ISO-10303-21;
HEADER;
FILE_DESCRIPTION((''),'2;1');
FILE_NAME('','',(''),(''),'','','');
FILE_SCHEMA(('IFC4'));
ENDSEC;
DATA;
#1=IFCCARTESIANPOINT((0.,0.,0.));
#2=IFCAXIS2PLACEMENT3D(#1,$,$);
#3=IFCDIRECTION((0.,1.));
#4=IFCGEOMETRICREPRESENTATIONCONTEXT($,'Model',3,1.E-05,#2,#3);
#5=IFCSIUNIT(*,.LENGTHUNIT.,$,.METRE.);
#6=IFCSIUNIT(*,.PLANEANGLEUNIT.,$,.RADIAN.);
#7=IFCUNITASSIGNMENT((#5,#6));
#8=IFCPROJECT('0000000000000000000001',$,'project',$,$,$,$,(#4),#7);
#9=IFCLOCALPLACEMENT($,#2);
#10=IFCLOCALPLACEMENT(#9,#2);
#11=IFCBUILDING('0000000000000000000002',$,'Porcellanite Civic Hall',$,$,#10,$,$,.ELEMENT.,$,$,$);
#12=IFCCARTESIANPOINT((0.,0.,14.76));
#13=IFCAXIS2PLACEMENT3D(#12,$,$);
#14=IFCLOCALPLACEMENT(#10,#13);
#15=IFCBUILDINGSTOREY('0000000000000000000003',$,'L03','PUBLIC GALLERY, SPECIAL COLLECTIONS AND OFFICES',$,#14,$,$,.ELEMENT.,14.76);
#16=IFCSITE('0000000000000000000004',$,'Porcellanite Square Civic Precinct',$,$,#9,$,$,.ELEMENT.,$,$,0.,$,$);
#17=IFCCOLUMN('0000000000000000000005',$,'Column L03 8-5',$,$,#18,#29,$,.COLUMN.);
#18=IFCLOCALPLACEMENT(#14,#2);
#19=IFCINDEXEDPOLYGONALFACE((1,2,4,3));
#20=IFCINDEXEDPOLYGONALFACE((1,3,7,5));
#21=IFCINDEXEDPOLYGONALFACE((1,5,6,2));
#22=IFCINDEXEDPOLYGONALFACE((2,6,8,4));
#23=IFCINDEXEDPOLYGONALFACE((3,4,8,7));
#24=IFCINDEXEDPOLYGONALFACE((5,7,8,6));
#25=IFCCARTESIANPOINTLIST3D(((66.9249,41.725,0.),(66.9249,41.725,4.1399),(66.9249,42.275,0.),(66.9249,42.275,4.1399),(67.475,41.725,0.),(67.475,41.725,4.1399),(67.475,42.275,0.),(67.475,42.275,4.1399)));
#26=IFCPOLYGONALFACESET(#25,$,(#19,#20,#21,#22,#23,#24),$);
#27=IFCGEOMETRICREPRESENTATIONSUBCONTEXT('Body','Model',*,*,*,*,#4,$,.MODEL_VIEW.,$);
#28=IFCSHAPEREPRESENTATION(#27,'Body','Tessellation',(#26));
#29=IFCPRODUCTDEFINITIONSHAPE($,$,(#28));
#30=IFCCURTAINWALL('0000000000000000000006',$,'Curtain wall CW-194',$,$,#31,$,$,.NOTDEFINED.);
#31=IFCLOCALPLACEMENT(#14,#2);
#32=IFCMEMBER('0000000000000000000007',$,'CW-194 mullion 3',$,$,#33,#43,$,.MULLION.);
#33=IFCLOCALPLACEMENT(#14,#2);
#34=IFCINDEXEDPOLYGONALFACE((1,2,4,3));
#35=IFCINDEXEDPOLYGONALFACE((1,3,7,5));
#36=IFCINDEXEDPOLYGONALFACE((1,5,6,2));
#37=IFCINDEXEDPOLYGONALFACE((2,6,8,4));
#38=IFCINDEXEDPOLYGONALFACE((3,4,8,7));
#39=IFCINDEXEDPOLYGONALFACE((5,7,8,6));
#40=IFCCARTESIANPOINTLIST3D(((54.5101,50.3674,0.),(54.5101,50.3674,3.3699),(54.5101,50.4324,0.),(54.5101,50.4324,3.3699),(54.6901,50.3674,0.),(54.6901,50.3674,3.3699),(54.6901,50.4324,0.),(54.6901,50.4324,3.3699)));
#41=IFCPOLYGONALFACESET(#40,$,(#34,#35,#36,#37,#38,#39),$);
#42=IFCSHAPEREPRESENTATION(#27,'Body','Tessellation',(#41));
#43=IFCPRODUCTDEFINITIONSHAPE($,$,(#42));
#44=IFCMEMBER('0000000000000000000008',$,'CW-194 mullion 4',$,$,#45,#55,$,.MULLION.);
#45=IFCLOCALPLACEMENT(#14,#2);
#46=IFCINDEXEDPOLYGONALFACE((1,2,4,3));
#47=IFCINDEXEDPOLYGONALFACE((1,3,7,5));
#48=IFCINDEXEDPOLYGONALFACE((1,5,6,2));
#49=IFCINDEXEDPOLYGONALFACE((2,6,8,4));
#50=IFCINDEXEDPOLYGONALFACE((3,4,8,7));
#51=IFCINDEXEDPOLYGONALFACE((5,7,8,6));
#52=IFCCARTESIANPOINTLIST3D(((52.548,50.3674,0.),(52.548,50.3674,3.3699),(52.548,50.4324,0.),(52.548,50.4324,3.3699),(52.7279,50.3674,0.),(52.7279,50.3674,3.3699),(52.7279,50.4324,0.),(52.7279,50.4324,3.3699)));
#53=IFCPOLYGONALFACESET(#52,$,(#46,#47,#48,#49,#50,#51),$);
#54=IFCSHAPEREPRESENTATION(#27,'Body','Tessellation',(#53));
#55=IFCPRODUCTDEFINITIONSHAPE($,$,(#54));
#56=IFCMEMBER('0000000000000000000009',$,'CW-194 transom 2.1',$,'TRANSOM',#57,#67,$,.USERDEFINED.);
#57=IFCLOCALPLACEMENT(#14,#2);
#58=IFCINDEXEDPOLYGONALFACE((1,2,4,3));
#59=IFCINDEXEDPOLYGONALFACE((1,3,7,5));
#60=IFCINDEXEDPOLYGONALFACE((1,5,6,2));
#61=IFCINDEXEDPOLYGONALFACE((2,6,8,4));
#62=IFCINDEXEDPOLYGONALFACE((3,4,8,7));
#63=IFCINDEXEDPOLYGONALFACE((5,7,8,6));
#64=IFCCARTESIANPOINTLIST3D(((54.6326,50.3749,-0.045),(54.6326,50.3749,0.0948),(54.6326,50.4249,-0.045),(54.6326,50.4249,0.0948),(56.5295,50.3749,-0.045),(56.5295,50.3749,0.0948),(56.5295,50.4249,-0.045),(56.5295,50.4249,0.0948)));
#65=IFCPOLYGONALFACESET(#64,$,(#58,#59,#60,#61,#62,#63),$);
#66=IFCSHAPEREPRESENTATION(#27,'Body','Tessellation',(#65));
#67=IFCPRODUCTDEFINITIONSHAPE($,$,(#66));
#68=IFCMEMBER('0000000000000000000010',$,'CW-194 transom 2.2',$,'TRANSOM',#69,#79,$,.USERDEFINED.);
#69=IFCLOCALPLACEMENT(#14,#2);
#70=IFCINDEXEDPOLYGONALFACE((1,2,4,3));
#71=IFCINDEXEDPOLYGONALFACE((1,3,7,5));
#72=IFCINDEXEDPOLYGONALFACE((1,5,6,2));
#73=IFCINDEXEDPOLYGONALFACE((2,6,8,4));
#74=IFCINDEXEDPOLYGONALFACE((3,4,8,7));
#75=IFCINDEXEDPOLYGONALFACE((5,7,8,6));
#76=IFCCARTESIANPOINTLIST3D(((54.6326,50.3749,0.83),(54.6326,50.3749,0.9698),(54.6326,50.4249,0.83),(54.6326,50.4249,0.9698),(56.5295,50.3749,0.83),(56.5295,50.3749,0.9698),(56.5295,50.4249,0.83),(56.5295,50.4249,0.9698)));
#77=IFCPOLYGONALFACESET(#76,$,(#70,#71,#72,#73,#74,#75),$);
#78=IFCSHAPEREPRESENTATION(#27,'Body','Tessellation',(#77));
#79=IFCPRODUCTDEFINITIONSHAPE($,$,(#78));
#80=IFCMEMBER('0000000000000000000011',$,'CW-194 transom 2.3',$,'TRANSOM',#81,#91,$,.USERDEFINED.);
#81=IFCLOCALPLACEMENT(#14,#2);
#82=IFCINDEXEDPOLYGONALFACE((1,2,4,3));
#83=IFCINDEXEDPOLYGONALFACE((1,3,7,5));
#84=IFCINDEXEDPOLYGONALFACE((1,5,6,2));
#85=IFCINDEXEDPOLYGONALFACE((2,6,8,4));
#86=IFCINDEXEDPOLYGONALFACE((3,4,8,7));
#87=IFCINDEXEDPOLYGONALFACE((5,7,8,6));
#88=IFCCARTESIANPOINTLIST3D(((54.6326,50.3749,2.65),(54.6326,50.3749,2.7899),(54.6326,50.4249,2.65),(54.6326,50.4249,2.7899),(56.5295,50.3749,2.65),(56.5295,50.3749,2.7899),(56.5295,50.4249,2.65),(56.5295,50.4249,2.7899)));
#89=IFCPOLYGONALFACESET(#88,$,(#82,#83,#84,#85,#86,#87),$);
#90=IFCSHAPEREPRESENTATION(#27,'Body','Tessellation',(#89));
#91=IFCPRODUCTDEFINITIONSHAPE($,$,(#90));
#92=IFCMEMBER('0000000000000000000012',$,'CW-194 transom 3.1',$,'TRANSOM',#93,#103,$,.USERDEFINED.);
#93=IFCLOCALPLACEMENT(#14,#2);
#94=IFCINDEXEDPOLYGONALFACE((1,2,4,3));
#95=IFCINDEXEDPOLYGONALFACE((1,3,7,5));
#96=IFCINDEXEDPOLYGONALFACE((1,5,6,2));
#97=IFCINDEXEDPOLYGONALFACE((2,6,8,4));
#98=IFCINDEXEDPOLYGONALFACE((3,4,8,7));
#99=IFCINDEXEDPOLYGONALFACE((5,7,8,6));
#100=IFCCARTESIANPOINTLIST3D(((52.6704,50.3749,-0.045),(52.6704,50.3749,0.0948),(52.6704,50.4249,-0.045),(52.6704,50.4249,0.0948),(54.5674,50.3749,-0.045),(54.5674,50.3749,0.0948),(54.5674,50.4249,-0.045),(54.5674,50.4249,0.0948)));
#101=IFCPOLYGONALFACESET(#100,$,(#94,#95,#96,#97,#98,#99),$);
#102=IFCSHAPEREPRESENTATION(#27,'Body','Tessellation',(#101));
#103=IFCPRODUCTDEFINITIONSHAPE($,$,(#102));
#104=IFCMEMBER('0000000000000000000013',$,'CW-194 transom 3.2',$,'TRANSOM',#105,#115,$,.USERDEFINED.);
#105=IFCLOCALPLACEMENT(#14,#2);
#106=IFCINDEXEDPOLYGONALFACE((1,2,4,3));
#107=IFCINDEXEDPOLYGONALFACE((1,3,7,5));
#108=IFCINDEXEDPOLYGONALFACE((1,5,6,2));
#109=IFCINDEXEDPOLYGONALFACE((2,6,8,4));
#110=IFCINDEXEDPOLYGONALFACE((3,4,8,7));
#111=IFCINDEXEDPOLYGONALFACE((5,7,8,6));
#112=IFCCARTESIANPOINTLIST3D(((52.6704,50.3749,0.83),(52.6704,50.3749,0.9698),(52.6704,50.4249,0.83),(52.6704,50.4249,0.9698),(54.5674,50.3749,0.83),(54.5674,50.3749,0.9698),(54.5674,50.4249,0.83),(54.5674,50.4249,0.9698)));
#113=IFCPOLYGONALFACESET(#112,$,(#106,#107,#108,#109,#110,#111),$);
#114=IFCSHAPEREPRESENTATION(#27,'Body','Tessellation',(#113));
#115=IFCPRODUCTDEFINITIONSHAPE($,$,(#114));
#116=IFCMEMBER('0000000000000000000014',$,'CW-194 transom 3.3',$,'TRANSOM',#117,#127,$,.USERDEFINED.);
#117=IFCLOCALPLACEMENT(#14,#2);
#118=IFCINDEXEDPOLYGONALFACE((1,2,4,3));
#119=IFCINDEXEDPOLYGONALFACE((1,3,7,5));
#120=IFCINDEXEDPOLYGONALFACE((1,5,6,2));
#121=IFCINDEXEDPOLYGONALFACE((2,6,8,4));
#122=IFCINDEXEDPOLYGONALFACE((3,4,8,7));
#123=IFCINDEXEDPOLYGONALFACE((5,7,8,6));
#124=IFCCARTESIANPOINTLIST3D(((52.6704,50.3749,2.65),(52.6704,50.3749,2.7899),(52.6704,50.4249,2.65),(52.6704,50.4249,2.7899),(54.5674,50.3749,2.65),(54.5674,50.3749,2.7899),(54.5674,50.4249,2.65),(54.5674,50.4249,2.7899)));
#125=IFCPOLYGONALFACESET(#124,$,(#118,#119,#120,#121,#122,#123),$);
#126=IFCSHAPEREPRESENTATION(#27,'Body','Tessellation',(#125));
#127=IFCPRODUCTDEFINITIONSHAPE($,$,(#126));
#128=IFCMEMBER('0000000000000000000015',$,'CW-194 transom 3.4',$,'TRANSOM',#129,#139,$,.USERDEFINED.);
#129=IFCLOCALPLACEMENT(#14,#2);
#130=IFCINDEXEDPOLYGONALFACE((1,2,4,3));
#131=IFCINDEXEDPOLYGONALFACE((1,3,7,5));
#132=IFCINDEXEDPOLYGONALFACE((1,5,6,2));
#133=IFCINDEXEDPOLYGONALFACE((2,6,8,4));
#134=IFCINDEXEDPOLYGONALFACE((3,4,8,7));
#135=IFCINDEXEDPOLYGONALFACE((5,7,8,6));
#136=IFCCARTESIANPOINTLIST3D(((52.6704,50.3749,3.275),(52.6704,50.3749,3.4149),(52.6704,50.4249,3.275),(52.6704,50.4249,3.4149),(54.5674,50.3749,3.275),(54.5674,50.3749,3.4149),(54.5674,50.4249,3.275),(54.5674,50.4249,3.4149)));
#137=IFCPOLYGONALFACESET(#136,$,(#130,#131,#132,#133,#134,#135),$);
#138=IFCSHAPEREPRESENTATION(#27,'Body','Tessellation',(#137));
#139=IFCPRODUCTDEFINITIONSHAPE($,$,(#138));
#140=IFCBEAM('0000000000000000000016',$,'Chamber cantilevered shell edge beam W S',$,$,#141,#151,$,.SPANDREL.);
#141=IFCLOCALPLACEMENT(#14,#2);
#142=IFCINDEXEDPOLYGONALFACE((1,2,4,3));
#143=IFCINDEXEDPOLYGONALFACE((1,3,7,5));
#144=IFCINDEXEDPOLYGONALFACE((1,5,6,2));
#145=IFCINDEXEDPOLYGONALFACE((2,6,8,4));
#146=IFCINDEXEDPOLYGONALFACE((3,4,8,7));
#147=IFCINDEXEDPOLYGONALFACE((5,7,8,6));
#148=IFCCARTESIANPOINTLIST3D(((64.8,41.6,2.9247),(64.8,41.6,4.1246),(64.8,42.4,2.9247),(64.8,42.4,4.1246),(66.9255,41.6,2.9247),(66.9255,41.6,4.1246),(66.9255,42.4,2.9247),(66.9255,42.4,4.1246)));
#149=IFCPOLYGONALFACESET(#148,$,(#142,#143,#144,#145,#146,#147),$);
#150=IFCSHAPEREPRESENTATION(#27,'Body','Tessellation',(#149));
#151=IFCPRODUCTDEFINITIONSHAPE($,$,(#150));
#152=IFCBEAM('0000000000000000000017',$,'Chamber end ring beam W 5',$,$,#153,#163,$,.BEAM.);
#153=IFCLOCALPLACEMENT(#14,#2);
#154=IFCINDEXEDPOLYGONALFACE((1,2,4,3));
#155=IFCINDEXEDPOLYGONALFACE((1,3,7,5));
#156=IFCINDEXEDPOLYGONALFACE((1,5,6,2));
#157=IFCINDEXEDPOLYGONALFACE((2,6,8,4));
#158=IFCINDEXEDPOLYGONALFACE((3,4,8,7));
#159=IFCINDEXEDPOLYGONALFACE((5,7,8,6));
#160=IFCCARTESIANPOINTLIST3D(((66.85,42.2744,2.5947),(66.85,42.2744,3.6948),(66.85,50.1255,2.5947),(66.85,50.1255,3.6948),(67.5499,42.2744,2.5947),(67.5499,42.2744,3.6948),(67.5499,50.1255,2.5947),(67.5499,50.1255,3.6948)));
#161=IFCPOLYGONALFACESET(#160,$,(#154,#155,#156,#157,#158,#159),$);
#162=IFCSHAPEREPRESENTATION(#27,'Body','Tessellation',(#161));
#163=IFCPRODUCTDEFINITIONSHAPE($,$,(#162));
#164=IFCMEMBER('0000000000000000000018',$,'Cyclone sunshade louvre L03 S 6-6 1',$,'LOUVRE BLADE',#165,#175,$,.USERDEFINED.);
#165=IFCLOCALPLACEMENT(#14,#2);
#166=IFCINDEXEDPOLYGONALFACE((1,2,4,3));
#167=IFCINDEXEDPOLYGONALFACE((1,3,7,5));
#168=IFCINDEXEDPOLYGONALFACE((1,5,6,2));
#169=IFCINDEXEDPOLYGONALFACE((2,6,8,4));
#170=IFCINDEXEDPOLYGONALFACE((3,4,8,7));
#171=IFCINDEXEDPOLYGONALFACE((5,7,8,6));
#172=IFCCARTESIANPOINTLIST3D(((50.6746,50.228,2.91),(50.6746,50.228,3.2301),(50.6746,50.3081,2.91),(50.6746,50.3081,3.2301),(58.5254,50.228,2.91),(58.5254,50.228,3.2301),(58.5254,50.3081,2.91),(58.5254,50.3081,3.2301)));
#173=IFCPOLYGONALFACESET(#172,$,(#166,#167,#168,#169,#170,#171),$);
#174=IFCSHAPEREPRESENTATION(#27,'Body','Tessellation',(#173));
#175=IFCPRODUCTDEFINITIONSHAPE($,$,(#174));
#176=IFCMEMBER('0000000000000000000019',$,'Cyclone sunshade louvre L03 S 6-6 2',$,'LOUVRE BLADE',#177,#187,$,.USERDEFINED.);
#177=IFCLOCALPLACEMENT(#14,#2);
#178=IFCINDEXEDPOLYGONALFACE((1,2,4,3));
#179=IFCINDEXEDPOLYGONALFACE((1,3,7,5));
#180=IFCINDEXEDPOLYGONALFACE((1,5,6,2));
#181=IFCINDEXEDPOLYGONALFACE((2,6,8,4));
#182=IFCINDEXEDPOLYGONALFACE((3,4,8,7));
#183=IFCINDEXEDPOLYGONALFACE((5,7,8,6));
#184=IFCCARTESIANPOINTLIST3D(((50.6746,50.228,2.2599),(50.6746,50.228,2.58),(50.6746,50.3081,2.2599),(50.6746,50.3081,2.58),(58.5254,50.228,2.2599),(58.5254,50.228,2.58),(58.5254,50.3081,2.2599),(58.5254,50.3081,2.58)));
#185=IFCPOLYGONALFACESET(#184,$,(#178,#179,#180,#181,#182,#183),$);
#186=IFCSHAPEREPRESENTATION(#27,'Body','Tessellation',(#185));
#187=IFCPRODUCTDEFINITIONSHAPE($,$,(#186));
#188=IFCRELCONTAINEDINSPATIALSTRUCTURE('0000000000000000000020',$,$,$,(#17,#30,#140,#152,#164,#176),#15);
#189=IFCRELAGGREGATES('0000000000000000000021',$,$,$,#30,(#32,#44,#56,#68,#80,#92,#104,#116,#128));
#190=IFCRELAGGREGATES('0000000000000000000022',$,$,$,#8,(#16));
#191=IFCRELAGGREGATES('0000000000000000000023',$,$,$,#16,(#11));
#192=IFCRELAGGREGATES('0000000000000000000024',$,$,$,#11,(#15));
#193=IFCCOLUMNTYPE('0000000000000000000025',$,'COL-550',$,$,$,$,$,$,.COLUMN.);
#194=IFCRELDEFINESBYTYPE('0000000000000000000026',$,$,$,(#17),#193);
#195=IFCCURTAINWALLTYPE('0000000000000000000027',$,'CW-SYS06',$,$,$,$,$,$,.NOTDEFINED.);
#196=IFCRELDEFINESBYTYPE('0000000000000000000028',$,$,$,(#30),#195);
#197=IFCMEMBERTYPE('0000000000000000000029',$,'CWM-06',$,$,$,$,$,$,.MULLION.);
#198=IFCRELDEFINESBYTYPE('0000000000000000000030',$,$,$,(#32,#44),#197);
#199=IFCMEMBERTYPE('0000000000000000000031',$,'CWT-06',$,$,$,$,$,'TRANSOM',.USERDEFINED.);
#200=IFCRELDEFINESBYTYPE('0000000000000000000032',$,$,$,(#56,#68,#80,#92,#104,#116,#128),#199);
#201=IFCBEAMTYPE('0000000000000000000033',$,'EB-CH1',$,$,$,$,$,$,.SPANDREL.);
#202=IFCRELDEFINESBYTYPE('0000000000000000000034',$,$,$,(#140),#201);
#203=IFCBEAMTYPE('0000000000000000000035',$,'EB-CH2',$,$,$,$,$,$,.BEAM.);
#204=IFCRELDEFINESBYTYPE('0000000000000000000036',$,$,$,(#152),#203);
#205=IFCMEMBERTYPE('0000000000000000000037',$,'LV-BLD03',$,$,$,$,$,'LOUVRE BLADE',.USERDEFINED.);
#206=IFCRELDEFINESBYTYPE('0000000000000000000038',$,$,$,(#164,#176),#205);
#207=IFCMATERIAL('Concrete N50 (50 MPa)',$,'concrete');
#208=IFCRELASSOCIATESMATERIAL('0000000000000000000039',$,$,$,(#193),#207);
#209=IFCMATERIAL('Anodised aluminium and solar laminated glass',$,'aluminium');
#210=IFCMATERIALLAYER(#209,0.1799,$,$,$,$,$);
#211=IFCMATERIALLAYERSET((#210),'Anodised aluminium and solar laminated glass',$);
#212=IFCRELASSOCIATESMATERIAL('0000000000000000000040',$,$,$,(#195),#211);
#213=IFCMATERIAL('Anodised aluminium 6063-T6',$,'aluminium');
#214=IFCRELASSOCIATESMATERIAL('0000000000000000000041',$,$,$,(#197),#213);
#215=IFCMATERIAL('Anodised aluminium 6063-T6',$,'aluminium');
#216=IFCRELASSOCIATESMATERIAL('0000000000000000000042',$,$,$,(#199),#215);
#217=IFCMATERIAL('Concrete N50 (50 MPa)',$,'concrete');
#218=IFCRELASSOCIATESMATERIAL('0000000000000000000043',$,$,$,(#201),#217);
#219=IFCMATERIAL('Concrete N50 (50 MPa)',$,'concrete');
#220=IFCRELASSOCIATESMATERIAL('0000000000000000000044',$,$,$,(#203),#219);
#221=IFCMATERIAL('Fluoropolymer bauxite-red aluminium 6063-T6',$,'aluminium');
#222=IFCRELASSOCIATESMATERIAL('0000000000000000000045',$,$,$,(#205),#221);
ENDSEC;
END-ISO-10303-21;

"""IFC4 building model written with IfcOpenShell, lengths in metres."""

from ifc_helpers import new_model, si_unit, direction, frame, origin, origin_2d, place, context, subcontext, project, spatial, rectangle, extrude, material, layer, layer_set, material_profile, profile_set, type_object, element, aggregate, save


model = new_model("IFC4")

# Units and contexts
model_context = context("Model", 3, precision=1e-05, world=origin(), true_north=direction((0.0, 1.0)))
body_context = subcontext(model_context, "Body", "Model", "MODEL_VIEW")
ifc_project = project(units=[si_unit("LENGTHUNIT", "METRE"), si_unit("PLANEANGLEUNIT", "RADIAN")], contexts=[model_context])

# Site, building, storey
site_placement = place(None, origin())
site = spatial("IfcSite", under=ifc_project, at=site_placement, Name="Porcellanite Square Civic Precinct", CompositionType="ELEMENT", RefElevation=0.0)
building_placement = place(site_placement, origin())
building = spatial("IfcBuilding", under=site, at=building_placement, Name="Porcellanite Civic Hall", CompositionType="ELEMENT")
storey_placement = place(building_placement, frame((0.0, 0.0, 14.76)))
storey = spatial("IfcBuildingStorey", under=building, at=storey_placement, Name="L03", Description="PUBLIC GALLERY, SPECIAL COLLECTIONS AND OFFICES", CompositionType="ELEMENT", Elevation=14.76)

# Column
ifc_material_1 = material(Name="Concrete N50 (50 MPa)", Category="concrete")
ifc_material_profile_1 = material_profile(ifc_material_1, rectangle(XDim=0.55, YDim=0.55, at=origin_2d()), Name="RC-550x550")
ifc_profile_set_1 = profile_set([ifc_material_profile_1], Name="Concrete N50 (50 MPa)")
column_type = type_object("IfcColumnType", Name="COL-550", PredefinedType="COLUMN", material=ifc_profile_set_1)
column_placement = place(storey_placement, frame((67.2, 42.0, 0.0), z_axis=(0.0, 0.0, 1.0), x_axis=(1.0, 0.0, 0.0)))
element("IfcColumn", 1, at=column_placement, inside=storey, type_object=column_type, Name="Column L03 8-5", PredefinedType="COLUMN", context=body_context, shape_type="SweptSolid", body=[
    extrude(rectangle(XDim=0.55, YDim=0.55, at=origin_2d()), origin(), (0.0, 0.0, 1.0), 4.1399),
])

# Curtain wall, members
ifc_material_2 = material(Name="Anodised aluminium and solar laminated glass", Category="aluminium")
ifc_layer_1 = layer(ifc_material_2, 0.1799)
ifc_layer_set_1 = layer_set([ifc_layer_1], Name="Anodised aluminium and solar laminated glass")
curtain_wall_type = type_object("IfcCurtainWallType", Name="CW-SYS06", PredefinedType="NOTDEFINED", material=ifc_layer_set_1)
curtain_wall_placement = place(storey_placement, origin())
curtain_wall = element("IfcCurtainWall", 2, at=curtain_wall_placement, inside=storey, type_object=curtain_wall_type, Name="Curtain wall CW-194", PredefinedType="NOTDEFINED")
ifc_material_3 = material(Name="Anodised aluminium 6063-T6", Category="aluminium")
ifc_material_profile_2 = material_profile(ifc_material_3, rectangle(XDim=0.0649, YDim=0.1799, at=origin_2d()), Name="AL-65x180")
ifc_profile_set_2 = profile_set([ifc_material_profile_2], Name="Anodised aluminium 6063-T6")
member_type_1 = type_object("IfcMemberType", Name="CWM-06", PredefinedType="MULLION", material=ifc_profile_set_2)
member_1_placement = place(storey_placement, frame((54.6001, 50.3999, 0.0), z_axis=(0.0, 0.0, 1.0), x_axis=(0.0, -1.0, 0.0)))
member_1 = element("IfcMember", 3, at=member_1_placement, type_object=member_type_1, Name="CW-194 mullion 3", PredefinedType="MULLION", context=body_context, shape_type="SweptSolid", body=[
    extrude(rectangle(XDim=0.0649, YDim=0.1799, at=origin_2d()), origin(), (0.0, 0.0, 1.0), 3.3699),
])
member_2_placement = place(storey_placement, frame((52.6379, 50.3999, 0.0), z_axis=(0.0, 0.0, 1.0), x_axis=(0.0, -1.0, 0.0)))
member_2 = element("IfcMember", 4, at=member_2_placement, type_object=member_type_1, Name="CW-194 mullion 4", PredefinedType="MULLION", context=body_context, shape_type="SweptSolid", body=[
    extrude(rectangle(XDim=0.0649, YDim=0.1799, at=origin_2d()), origin(), (0.0, 0.0, 1.0), 3.3699),
])
ifc_material_4 = material(Name="Anodised aluminium 6063-T6", Category="aluminium")
ifc_material_profile_3 = material_profile(ifc_material_4, rectangle(XDim=0.05, YDim=0.1399, at=origin_2d()), Name="AL-50x140")
ifc_profile_set_3 = profile_set([ifc_material_profile_3], Name="Anodised aluminium 6063-T6")
member_type_2 = type_object("IfcMemberType", Name="CWT-06", ElementType="TRANSOM", PredefinedType="USERDEFINED", material=ifc_profile_set_3)
member_3_placement = place(storey_placement, frame((56.5295, 50.3999, 0.0249), z_axis=(-1.0, 0.0, 0.0), x_axis=(0.0, -1.0, 0.0)))
member_3 = element("IfcMember", 5, at=member_3_placement, type_object=member_type_2, Name="CW-194 transom 2.1", ObjectType="TRANSOM", PredefinedType="USERDEFINED", context=body_context, shape_type="SweptSolid", body=[
    extrude(rectangle(XDim=0.05, YDim=0.1399, at=origin_2d()), origin(), (0.0, 0.0, 1.0), 1.897),
])
member_4_placement = place(storey_placement, frame((56.5295, 50.3999, 0.8999), z_axis=(-1.0, 0.0, 0.0), x_axis=(0.0, -1.0, 0.0)))
member_4 = element("IfcMember", 6, at=member_4_placement, type_object=member_type_2, Name="CW-194 transom 2.2", ObjectType="TRANSOM", PredefinedType="USERDEFINED", context=body_context, shape_type="SweptSolid", body=[
    extrude(rectangle(XDim=0.05, YDim=0.1399, at=origin_2d()), origin(), (0.0, 0.0, 1.0), 1.897),
])
member_5_placement = place(storey_placement, frame((56.5295, 50.3999, 2.72), z_axis=(-1.0, 0.0, 0.0), x_axis=(0.0, -1.0, 0.0)))
member_5 = element("IfcMember", 7, at=member_5_placement, type_object=member_type_2, Name="CW-194 transom 2.3", ObjectType="TRANSOM", PredefinedType="USERDEFINED", context=body_context, shape_type="SweptSolid", body=[
    extrude(rectangle(XDim=0.05, YDim=0.1399, at=origin_2d()), origin(), (0.0, 0.0, 1.0), 1.897),
])
member_6_placement = place(storey_placement, frame((54.5674, 50.3999, 0.0249), z_axis=(-1.0, 0.0, 0.0), x_axis=(0.0, -1.0, 0.0)))
member_6 = element("IfcMember", 8, at=member_6_placement, type_object=member_type_2, Name="CW-194 transom 3.1", ObjectType="TRANSOM", PredefinedType="USERDEFINED", context=body_context, shape_type="SweptSolid", body=[
    extrude(rectangle(XDim=0.05, YDim=0.1399, at=origin_2d()), origin(), (0.0, 0.0, 1.0), 1.897),
])
member_7_placement = place(storey_placement, frame((54.5674, 50.3999, 0.8999), z_axis=(-1.0, 0.0, 0.0), x_axis=(0.0, -1.0, 0.0)))
member_7 = element("IfcMember", 9, at=member_7_placement, type_object=member_type_2, Name="CW-194 transom 3.2", ObjectType="TRANSOM", PredefinedType="USERDEFINED", context=body_context, shape_type="SweptSolid", body=[
    extrude(rectangle(XDim=0.05, YDim=0.1399, at=origin_2d()), origin(), (0.0, 0.0, 1.0), 1.897),
])
member_8_placement = place(storey_placement, frame((54.5674, 50.3999, 2.72), z_axis=(-1.0, 0.0, 0.0), x_axis=(0.0, -1.0, 0.0)))
member_8 = element("IfcMember", 10, at=member_8_placement, type_object=member_type_2, Name="CW-194 transom 3.3", ObjectType="TRANSOM", PredefinedType="USERDEFINED", context=body_context, shape_type="SweptSolid", body=[
    extrude(rectangle(XDim=0.05, YDim=0.1399, at=origin_2d()), origin(), (0.0, 0.0, 1.0), 1.897),
])
member_9_placement = place(storey_placement, frame((54.5674, 50.3999, 3.345), z_axis=(-1.0, 0.0, 0.0), x_axis=(0.0, -1.0, 0.0)))
member_9 = element("IfcMember", 11, at=member_9_placement, type_object=member_type_2, Name="CW-194 transom 3.4", ObjectType="TRANSOM", PredefinedType="USERDEFINED", context=body_context, shape_type="SweptSolid", body=[
    extrude(rectangle(XDim=0.05, YDim=0.1399, at=origin_2d()), origin(), (0.0, 0.0, 1.0), 1.897),
])

# Beams
ifc_material_5 = material(Name="Concrete N50 (50 MPa)", Category="concrete")
ifc_material_profile_4 = material_profile(ifc_material_5, rectangle(XDim=0.8, YDim=1.2, at=origin_2d()), Name="RC-800x1200")
ifc_profile_set_4 = profile_set([ifc_material_profile_4], Name="Concrete N50 (50 MPa)")
beam_type_1 = type_object("IfcBeamType", Name="EB-CH1", PredefinedType="SPANDREL", material=ifc_profile_set_4)
beam_1_placement = place(storey_placement, frame((66.9255, 42.0, 3.5247), z_axis=(-1.0, 0.0, 0.0), x_axis=(0.0, -1.0, 0.0)))
element("IfcBeam", 12, at=beam_1_placement, inside=storey, type_object=beam_type_1, Name="Chamber cantilevered shell edge beam W S", PredefinedType="SPANDREL", context=body_context, shape_type="SweptSolid", body=[
    extrude(rectangle(XDim=0.8, YDim=1.2, at=origin_2d()), origin(), (0.0, 0.0, 1.0), 2.1255),
])
ifc_material_6 = material(Name="Concrete N50 (50 MPa)", Category="concrete")
ifc_material_profile_5 = material_profile(ifc_material_6, rectangle(XDim=0.7, YDim=1.1001, at=origin_2d()), Name="RC-700x1100")
ifc_profile_set_5 = profile_set([ifc_material_profile_5], Name="Concrete N50 (50 MPa)")
beam_type_2 = type_object("IfcBeamType", Name="EB-CH2", PredefinedType="BEAM", material=ifc_profile_set_5)
beam_2_placement = place(storey_placement, frame((67.2, 42.2744, 3.1448), z_axis=(0.0, 1.0, 0.0), x_axis=(-1.0, 0.0, 0.0)))
element("IfcBeam", 13, at=beam_2_placement, inside=storey, type_object=beam_type_2, Name="Chamber end ring beam W 5", PredefinedType="BEAM", context=body_context, shape_type="SweptSolid", body=[
    extrude(rectangle(XDim=0.7, YDim=1.1001, at=origin_2d()), origin(), (0.0, 0.0, 1.0), 7.8511),
])

# Members
ifc_material_7 = material(Name="Fluoropolymer bauxite-red aluminium 6063-T6", Category="aluminium")
ifc_material_profile_6 = material_profile(ifc_material_7, rectangle(XDim=0.0801, YDim=0.3201, at=origin_2d()), Name="AL-80x320")
ifc_profile_set_6 = profile_set([ifc_material_profile_6], Name="Fluoropolymer bauxite-red aluminium 6063-T6")
member_type_3 = type_object("IfcMemberType", Name="LV-BLD03", ElementType="LOUVRE BLADE", PredefinedType="USERDEFINED", material=ifc_profile_set_6)
for number, where, z_axis, x_axis, name in (
    (14, (58.5254, 50.2681, 3.0701), (-1.0, 0.0, 0.0), (0.0, -1.0, 0.0), "Cyclone sunshade louvre L03 S 6-6 1"),
    (15, (58.5254, 50.2681, 2.4199), (-1.0, 0.0, 0.0), (0.0, -1.0, 0.0), "Cyclone sunshade louvre L03 S 6-6 2"),
):
    element("IfcMember", number, at=place(storey_placement, frame(where, z_axis=z_axis, x_axis=x_axis)), inside=storey, type_object=member_type_3, Name=name, ObjectType="LOUVRE BLADE", PredefinedType="USERDEFINED", context=body_context, shape_type="SweptSolid", body=[
        extrude(rectangle(XDim=0.0801, YDim=0.3201, at=origin_2d()), origin(), (0.0, 0.0, 1.0), 7.8508),
    ])

aggregate(curtain_wall, [member_1, member_2, member_3, member_4, member_5, member_6, member_7, member_8, member_9])

save(model, "model.ifc")
